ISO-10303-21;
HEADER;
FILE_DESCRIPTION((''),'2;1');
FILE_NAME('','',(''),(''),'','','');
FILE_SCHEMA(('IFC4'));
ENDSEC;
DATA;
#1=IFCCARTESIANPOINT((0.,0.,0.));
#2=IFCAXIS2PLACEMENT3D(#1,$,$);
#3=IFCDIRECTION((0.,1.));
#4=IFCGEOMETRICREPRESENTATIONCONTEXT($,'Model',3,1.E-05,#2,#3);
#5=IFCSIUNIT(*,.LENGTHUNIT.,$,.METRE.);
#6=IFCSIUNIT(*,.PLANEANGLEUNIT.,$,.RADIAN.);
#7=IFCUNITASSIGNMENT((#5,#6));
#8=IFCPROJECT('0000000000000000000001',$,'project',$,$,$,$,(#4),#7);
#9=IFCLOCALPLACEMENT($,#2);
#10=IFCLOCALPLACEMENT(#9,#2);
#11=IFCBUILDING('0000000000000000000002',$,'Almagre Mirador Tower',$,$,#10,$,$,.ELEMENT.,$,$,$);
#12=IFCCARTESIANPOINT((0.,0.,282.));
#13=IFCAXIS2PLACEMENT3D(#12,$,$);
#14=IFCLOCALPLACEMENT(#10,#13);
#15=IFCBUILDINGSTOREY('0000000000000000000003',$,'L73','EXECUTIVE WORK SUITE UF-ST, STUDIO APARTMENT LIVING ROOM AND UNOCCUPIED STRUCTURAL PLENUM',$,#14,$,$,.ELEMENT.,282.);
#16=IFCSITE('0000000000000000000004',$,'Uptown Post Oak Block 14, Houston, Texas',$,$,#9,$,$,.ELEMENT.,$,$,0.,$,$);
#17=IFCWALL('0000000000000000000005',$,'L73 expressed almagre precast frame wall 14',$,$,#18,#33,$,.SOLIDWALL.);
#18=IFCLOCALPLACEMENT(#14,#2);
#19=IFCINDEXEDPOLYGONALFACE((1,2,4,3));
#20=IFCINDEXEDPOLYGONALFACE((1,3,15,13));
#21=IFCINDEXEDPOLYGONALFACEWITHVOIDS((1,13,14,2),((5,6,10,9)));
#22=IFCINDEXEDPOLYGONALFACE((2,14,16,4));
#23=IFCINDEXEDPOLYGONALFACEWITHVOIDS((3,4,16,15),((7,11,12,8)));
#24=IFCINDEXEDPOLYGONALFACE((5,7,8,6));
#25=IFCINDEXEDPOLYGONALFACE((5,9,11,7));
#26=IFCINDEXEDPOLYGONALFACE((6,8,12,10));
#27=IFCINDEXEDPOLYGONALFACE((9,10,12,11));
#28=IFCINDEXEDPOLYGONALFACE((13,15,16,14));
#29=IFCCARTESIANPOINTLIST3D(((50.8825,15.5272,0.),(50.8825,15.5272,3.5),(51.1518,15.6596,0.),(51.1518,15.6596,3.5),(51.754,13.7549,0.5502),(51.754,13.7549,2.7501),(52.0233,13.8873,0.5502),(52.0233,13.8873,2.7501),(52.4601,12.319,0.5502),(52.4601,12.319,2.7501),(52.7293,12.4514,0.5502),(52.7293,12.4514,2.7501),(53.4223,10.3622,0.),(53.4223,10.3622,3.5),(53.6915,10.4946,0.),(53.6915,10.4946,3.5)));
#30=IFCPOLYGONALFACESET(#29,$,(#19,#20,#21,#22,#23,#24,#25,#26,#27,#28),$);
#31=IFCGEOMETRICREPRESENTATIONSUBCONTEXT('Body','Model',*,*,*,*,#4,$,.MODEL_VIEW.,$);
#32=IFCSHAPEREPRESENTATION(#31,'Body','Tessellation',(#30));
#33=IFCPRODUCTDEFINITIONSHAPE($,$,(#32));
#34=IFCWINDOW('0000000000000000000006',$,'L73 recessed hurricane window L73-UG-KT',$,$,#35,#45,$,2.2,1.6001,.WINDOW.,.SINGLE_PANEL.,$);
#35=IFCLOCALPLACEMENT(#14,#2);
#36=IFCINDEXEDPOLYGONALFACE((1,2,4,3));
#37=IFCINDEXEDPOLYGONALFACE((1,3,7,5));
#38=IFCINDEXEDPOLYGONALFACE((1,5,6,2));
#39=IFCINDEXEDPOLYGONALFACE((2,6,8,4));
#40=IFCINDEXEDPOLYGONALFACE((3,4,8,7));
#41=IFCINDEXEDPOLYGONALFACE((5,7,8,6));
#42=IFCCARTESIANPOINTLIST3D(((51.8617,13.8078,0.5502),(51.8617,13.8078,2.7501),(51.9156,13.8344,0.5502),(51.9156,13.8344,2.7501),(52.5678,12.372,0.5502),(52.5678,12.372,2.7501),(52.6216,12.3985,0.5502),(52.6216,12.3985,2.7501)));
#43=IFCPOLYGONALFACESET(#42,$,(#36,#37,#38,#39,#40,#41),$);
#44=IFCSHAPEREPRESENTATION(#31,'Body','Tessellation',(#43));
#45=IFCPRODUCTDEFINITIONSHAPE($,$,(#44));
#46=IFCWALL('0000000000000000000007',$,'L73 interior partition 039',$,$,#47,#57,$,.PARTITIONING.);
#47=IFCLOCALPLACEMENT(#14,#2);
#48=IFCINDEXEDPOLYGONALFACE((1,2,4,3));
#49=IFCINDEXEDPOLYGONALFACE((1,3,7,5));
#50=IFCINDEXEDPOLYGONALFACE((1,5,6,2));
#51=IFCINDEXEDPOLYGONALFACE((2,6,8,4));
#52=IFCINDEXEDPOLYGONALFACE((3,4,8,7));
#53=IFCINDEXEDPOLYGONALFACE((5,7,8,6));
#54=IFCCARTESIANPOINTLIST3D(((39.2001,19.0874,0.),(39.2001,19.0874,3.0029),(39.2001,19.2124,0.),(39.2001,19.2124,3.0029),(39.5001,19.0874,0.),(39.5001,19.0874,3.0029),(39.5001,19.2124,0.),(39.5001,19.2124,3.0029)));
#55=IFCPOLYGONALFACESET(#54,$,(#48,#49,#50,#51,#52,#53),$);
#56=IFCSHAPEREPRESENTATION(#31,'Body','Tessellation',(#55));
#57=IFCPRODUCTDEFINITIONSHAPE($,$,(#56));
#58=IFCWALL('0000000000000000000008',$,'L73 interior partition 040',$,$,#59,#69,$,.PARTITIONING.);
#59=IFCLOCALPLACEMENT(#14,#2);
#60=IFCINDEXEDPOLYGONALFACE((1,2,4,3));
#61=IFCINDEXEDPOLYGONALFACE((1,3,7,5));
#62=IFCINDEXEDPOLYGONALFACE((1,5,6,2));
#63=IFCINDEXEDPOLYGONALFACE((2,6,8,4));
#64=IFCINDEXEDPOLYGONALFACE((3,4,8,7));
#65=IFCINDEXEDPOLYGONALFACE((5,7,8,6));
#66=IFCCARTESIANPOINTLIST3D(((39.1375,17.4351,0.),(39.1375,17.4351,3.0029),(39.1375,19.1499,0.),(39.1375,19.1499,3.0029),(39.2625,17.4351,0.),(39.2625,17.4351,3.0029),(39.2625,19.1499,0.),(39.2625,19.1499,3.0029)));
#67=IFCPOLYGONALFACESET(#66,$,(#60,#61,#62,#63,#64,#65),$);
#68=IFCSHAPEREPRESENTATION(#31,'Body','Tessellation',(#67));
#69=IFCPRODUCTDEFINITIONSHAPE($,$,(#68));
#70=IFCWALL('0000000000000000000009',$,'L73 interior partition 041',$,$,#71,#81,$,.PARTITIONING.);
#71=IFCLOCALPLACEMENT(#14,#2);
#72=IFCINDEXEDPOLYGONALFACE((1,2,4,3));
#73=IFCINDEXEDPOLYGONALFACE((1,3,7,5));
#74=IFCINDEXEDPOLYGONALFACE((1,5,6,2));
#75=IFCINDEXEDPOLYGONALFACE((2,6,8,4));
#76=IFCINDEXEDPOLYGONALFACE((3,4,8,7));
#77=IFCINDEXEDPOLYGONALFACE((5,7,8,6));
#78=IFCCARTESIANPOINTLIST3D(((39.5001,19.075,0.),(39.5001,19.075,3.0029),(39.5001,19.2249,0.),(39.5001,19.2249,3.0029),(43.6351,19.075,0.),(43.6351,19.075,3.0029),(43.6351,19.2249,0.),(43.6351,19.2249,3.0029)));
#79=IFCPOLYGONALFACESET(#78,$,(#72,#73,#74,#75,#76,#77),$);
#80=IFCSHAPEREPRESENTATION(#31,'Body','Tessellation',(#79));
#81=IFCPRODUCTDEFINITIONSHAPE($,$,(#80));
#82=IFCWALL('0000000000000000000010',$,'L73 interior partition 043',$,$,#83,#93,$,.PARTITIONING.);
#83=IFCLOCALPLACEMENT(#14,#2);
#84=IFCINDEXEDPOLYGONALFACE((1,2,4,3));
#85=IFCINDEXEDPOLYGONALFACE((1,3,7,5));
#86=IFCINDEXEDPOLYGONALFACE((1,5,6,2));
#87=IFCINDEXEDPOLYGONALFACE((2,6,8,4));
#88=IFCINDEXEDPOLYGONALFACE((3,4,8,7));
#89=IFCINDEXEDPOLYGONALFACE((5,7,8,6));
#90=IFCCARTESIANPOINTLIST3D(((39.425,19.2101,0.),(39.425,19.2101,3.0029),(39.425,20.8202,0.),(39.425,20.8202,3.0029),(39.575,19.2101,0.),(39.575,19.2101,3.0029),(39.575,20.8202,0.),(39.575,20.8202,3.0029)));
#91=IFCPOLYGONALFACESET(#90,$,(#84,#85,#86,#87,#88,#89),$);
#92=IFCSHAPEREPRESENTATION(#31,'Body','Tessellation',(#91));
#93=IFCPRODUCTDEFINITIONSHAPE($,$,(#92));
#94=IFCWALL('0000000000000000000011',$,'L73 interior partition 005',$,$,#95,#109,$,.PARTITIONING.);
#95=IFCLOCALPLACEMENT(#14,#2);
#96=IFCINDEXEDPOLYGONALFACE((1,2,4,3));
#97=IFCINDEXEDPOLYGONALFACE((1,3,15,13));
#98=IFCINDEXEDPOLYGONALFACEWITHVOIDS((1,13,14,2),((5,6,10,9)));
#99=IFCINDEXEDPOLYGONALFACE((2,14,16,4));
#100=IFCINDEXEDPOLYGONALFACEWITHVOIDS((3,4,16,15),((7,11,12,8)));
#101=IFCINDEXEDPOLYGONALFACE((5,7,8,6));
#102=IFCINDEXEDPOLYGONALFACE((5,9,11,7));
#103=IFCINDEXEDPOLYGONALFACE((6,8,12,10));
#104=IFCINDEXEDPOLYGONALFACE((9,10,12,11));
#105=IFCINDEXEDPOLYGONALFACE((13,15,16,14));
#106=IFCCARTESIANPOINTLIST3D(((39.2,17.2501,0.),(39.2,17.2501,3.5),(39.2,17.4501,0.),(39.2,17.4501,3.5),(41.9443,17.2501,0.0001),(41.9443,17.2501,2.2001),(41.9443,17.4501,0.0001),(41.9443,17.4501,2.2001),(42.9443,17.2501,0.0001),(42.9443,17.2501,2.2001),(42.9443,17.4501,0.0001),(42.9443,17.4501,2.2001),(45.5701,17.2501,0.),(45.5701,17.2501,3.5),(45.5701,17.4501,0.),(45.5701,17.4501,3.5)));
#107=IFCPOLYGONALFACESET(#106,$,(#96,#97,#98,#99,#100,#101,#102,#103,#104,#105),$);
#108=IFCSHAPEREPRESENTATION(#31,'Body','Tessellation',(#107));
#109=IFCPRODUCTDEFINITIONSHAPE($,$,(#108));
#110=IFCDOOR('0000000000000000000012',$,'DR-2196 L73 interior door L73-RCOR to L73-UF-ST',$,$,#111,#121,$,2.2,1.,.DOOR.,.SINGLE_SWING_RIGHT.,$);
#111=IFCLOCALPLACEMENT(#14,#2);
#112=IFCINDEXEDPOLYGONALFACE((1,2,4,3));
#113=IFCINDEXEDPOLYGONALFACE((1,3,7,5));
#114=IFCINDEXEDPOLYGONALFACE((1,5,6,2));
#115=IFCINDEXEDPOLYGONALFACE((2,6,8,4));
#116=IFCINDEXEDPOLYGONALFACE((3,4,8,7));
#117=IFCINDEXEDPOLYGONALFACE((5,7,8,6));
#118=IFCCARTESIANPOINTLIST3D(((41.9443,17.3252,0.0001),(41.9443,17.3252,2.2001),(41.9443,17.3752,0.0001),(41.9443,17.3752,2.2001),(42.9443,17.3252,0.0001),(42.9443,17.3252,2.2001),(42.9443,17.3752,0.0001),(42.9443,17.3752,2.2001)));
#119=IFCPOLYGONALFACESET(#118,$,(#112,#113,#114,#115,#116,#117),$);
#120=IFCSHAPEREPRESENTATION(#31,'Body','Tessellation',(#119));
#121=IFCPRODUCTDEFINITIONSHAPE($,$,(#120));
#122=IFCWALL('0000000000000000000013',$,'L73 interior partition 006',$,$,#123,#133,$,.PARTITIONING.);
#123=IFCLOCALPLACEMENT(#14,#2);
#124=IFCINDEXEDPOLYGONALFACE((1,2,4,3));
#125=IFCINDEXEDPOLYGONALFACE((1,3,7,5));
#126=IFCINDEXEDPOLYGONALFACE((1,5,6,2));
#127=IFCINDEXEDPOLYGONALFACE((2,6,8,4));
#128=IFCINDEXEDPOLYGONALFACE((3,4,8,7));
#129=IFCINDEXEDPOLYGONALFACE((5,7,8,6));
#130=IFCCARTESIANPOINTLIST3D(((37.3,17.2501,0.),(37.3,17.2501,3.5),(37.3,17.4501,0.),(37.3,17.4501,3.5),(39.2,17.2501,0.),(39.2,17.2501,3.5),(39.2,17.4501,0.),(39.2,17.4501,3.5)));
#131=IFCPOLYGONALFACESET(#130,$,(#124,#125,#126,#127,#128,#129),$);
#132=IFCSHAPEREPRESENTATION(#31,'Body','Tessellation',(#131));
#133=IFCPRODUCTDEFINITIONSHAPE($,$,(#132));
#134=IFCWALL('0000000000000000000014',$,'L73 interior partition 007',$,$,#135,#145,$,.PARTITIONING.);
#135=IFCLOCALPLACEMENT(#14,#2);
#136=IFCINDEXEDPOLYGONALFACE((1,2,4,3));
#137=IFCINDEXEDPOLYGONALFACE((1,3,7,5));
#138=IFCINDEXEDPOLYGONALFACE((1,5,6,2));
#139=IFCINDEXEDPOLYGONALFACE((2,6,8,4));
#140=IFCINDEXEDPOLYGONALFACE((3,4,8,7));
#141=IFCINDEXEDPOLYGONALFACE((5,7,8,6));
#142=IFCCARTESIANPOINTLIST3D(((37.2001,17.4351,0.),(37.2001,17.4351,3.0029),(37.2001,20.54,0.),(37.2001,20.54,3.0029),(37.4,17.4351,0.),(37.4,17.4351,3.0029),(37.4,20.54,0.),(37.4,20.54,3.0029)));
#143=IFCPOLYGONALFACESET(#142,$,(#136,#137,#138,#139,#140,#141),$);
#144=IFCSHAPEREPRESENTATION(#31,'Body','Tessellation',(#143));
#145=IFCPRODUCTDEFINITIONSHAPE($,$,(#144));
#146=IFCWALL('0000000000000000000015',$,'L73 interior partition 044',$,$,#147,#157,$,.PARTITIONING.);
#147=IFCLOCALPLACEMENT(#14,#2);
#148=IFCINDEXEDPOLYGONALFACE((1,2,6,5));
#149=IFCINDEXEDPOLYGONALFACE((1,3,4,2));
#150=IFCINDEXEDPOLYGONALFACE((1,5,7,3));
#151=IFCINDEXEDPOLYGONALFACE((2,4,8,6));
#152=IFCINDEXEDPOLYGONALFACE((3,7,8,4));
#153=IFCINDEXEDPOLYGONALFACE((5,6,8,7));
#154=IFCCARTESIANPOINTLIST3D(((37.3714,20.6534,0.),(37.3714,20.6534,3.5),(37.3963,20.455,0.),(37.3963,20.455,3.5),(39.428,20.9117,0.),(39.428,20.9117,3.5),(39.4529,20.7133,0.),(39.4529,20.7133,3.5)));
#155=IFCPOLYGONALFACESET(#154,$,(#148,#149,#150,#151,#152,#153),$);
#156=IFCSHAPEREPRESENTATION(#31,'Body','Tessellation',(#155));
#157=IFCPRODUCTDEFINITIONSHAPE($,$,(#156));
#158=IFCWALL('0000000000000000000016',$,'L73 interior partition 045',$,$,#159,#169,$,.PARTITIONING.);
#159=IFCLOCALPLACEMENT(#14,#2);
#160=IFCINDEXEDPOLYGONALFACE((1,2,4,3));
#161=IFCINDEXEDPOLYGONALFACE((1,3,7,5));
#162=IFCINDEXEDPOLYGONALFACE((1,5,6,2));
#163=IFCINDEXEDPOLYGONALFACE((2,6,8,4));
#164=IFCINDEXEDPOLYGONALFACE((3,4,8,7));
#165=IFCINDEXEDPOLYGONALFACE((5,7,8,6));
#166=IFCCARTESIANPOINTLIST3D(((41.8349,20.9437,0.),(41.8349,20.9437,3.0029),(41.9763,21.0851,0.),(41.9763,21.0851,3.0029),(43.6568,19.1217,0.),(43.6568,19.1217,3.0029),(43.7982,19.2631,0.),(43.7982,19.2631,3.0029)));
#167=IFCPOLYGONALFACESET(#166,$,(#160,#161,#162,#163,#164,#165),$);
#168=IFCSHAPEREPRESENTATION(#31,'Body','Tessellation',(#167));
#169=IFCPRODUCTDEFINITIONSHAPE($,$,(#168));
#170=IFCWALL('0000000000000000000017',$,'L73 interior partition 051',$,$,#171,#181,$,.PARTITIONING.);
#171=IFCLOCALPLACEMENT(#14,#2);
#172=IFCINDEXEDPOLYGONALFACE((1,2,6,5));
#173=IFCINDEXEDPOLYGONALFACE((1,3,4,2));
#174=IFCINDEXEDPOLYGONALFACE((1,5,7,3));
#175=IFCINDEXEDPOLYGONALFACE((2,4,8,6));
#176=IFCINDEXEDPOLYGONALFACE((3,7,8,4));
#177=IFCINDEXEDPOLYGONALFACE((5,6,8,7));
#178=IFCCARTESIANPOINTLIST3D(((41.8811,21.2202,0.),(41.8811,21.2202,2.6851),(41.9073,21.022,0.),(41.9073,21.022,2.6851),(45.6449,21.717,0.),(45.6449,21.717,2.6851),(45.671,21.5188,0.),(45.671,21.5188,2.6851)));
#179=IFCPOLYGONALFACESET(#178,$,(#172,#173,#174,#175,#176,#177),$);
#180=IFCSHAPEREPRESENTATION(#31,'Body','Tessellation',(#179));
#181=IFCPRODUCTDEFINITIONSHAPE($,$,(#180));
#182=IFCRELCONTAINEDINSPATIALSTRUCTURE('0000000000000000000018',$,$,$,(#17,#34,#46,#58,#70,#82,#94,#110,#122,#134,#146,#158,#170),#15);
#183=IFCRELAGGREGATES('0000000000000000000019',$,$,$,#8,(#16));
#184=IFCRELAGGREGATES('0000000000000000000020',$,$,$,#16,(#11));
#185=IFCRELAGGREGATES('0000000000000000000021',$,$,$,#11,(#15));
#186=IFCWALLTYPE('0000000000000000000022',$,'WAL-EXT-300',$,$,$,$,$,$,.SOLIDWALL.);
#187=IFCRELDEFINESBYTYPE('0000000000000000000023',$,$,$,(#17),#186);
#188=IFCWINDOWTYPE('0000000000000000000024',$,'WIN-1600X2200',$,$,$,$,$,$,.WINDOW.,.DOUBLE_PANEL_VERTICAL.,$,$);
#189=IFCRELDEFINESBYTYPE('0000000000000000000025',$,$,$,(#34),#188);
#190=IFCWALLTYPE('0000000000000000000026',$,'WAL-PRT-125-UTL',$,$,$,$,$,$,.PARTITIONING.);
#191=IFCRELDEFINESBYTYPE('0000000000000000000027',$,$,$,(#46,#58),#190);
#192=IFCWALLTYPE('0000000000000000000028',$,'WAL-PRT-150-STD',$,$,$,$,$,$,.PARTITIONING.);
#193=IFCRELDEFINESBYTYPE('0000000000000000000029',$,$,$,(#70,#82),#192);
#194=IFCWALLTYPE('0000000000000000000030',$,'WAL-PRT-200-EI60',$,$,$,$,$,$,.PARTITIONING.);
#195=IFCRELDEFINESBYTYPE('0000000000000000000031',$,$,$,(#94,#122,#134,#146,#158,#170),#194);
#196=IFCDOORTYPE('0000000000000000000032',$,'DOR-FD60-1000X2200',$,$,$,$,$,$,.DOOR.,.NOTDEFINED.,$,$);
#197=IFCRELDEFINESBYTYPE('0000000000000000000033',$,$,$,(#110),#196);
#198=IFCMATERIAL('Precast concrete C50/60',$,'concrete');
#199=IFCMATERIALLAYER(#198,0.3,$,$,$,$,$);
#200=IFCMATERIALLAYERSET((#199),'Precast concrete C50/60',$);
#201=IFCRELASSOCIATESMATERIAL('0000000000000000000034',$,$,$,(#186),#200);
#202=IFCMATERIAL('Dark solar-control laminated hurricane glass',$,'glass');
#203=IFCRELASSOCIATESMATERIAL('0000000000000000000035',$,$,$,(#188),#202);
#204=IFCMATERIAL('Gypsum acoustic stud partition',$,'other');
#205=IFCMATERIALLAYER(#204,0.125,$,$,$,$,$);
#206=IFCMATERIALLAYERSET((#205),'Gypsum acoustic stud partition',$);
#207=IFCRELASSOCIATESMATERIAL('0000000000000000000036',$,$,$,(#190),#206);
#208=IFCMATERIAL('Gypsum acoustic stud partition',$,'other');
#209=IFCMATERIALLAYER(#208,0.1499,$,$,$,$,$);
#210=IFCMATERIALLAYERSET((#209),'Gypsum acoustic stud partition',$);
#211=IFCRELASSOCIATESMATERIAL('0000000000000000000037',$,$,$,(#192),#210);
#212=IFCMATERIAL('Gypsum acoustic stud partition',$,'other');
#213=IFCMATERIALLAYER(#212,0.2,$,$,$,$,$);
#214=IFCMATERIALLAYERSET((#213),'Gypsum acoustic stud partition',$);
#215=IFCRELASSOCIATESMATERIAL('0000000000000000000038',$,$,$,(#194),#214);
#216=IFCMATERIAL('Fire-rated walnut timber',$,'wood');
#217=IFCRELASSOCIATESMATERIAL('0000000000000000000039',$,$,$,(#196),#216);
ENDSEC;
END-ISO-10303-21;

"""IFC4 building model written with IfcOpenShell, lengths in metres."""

from ifc_helpers import new_model, si_unit, direction, frame, frame_2d, origin, place, context, subcontext, project, spatial, rectangle, extrude, material, layer, layer_set, type_object, element, fill, save


model = new_model("IFC4")

# Units and contexts
model_context = context("Model", 3, precision=1e-05, world=origin(), true_north=direction((0.0, 1.0)))
body_context = subcontext(model_context, "Body", "Model", "MODEL_VIEW")
ifc_project = project(units=[si_unit("LENGTHUNIT", "METRE"), si_unit("PLANEANGLEUNIT", "RADIAN")], contexts=[model_context])

# Site, building, storey
site_placement = place(None, origin())
site = spatial("IfcSite", under=ifc_project, at=site_placement, Name="Uptown Post Oak Block 14, Houston, Texas", CompositionType="ELEMENT", RefElevation=0.0)
building_placement = place(site_placement, origin())
building = spatial("IfcBuilding", under=site, at=building_placement, Name="Almagre Mirador Tower", CompositionType="ELEMENT")
storey_placement = place(building_placement, frame((0.0, 0.0, 282.0)))
storey = spatial("IfcBuildingStorey", under=building, at=storey_placement, Name="L73", Description="EXECUTIVE WORK SUITE UF-ST, STUDIO APARTMENT LIVING ROOM AND UNOCCUPIED STRUCTURAL PLENUM", CompositionType="ELEMENT", Elevation=282.0)

# Shared definitions
ifc_material_1 = material(Name="Precast concrete C50/60", Category="concrete")
ifc_layer_1 = layer(ifc_material_1, 0.3)
ifc_layer_set_1 = layer_set([ifc_layer_1], Name="Precast concrete C50/60")
wall_type_1 = type_object("IfcWallType", Name="WAL-EXT-300", PredefinedType="SOLIDWALL", material=ifc_layer_set_1)

# Wall, opening, window
wall_1_placement = place(storey_placement, frame((51.0171, 15.5935, 0.0), z_axis=(0.0, 0.0, 1.0), x_axis=(0.441265, -0.897377, 0.0)))
wall_1 = element("IfcWall", 1, at=wall_1_placement, inside=storey, type_object=wall_type_1, Name="L73 expressed almagre precast frame wall 14", PredefinedType="SOLIDWALL", context=body_context, shape_type="SweptSolid", body=[
    extrude(rectangle(XDim=5.7556, YDim=0.3, at=frame_2d((2.8779, 0.0))), origin(), (0.0, 0.0, 1.0), 3.5),
])
opening_1_placement = place(wall_1_placement, frame((1.9751, 0.0, 0.55)))
opening_1 = element("IfcOpeningElement", 2, at=opening_1_placement, cuts=wall_1, PredefinedType="OPENING", context=body_context, shape_type="SweptSolid", body=[
    extrude(rectangle(XDim=1.6001, YDim=2.2, at=frame_2d((0.8, 1.1001))), frame((0.0, 0.1599, 0.0), z_axis=(0.0, -1.0, 0.0), x_axis=(1.0, 0.0, 0.0)), (0.0, 0.0, 1.0), 0.32),
])
ifc_material_2 = material(Name="Dark solar-control laminated hurricane glass", Category="glass")
window_type_1 = type_object("IfcWindowType", Name="WIN-1600X2200", PartitioningType="DOUBLE_PANEL_VERTICAL", PredefinedType="WINDOW", material=ifc_material_2)
window_1_placement = place(opening_1_placement, origin())
window_1 = element("IfcWindow", 3, at=window_1_placement, inside=storey, type_object=window_type_1, Name="L73 recessed hurricane window L73-UG-KT", OverallHeight=2.2, OverallWidth=1.6001, PartitioningType="SINGLE_PANEL", PredefinedType="WINDOW", context=body_context, shape_type="SweptSolid", body=[
    extrude(rectangle(XDim=1.6001, YDim=2.2, at=frame_2d((0.8, 1.1001))), frame((0.0, 0.03, 0.0), z_axis=(0.0, -1.0, 0.0), x_axis=(1.0, 0.0, 0.0)), (0.0, 0.0, 1.0), 0.0601),
])
fill(opening_1, window_1)

# Walls
ifc_material_3 = material(Name="Gypsum acoustic stud partition", Category="other")
ifc_layer_2 = layer(ifc_material_3, 0.125)
ifc_layer_set_2 = layer_set([ifc_layer_2], Name="Gypsum acoustic stud partition")
wall_type_2 = type_object("IfcWallType", Name="WAL-PRT-125-UTL", PredefinedType="PARTITIONING", material=ifc_layer_set_2)
wall_2_placement = place(storey_placement, frame((39.5, 19.1499, 0.0), z_axis=(0.0, 0.0, 1.0), x_axis=(-1.0, 0.0, 0.0)))
element("IfcWall", 4, at=wall_2_placement, inside=storey, type_object=wall_type_2, Name="L73 interior partition 039", PredefinedType="PARTITIONING", context=body_context, shape_type="SweptSolid", body=[
    extrude(rectangle(XDim=0.3, YDim=0.125, at=frame_2d((0.1499, 0.0))), origin(), (0.0, 0.0, 1.0), 3.0029),
])
wall_3_placement = place(storey_placement, frame((39.2, 19.1499, 0.0), z_axis=(0.0, 0.0, 1.0), x_axis=(0.0, -1.0, 0.0)))
element("IfcWall", 5, at=wall_3_placement, inside=storey, type_object=wall_type_2, Name="L73 interior partition 040", PredefinedType="PARTITIONING", context=body_context, shape_type="SweptSolid", body=[
    extrude(rectangle(XDim=1.7148, YDim=0.125, at=frame_2d((0.8574, 0.0))), origin(), (0.0, 0.0, 1.0), 3.0029),
])
ifc_material_4 = material(Name="Gypsum acoustic stud partition", Category="other")
ifc_layer_3 = layer(ifc_material_4, 0.1499)
ifc_layer_set_3 = layer_set([ifc_layer_3], Name="Gypsum acoustic stud partition")
wall_type_3 = type_object("IfcWallType", Name="WAL-PRT-150-STD", PredefinedType="PARTITIONING", material=ifc_layer_set_3)
wall_4_placement = place(storey_placement, frame((43.635, 19.1499, 0.0), z_axis=(0.0, 0.0, 1.0), x_axis=(-1.0, 0.0, 0.0)))
element("IfcWall", 6, at=wall_4_placement, inside=storey, type_object=wall_type_3, Name="L73 interior partition 041", PredefinedType="PARTITIONING", context=body_context, shape_type="SweptSolid", body=[
    extrude(rectangle(XDim=4.135, YDim=0.1499, at=frame_2d((2.0674, 0.0))), origin(), (0.0, 0.0, 1.0), 3.0029),
])
wall_5_placement = place(storey_placement, frame((39.5, 19.21, 0.0), z_axis=(0.0, 0.0, 1.0), x_axis=(0.0, 1.0, 0.0)))
element("IfcWall", 7, at=wall_5_placement, inside=storey, type_object=wall_type_3, Name="L73 interior partition 043", PredefinedType="PARTITIONING", context=body_context, shape_type="SweptSolid", body=[
    extrude(rectangle(XDim=1.6101, YDim=0.1499, at=frame_2d((0.8052, 0.0))), origin(), (0.0, 0.0, 1.0), 3.0029),
])

# Wall, opening, door
ifc_material_5 = material(Name="Gypsum acoustic stud partition", Category="other")
ifc_layer_4 = layer(ifc_material_5, 0.2)
ifc_layer_set_4 = layer_set([ifc_layer_4], Name="Gypsum acoustic stud partition")
wall_type_4 = type_object("IfcWallType", Name="WAL-PRT-200-EI60", PredefinedType="PARTITIONING", material=ifc_layer_set_4)
wall_6_placement = place(storey_placement, frame((45.5701, 17.3501, 0.0), z_axis=(0.0, 0.0, 1.0), x_axis=(-1.0, 0.0, 0.0)))
wall_6 = element("IfcWall", 8, at=wall_6_placement, inside=storey, type_object=wall_type_4, Name="L73 interior partition 005", PredefinedType="PARTITIONING", context=body_context, shape_type="SweptSolid", body=[
    extrude(rectangle(XDim=6.3701, YDim=0.2, at=frame_2d((3.1851, 0.0))), origin(), (0.0, 0.0, 1.0), 3.5),
])
opening_2_placement = place(wall_6_placement, frame((2.6257, 0.0, 0.0)))
opening_2 = element("IfcOpeningElement", 9, at=opening_2_placement, cuts=wall_6, PredefinedType="OPENING", context=body_context, shape_type="SweptSolid", body=[
    extrude(rectangle(XDim=1.0, YDim=2.2, at=frame_2d((0.5, 1.1001))), frame((0.0, 0.1101, 0.0), z_axis=(0.0, -1.0, 0.0), x_axis=(1.0, 0.0, 0.0)), (0.0, 0.0, 1.0), 0.22),
])
ifc_material_6 = material(Name="Fire-rated walnut timber", Category="wood")
door_type = type_object("IfcDoorType", Name="DOR-FD60-1000X2200", OperationType="NOTDEFINED", PredefinedType="DOOR", material=ifc_material_6)
door_placement = place(opening_2_placement, origin())
door = element("IfcDoor", 10, at=door_placement, inside=storey, type_object=door_type, Name="DR-2196 L73 interior door L73-RCOR to L73-UF-ST", OperationType="SINGLE_SWING_RIGHT", OverallHeight=2.2, OverallWidth=1.0, PredefinedType="DOOR", context=body_context, shape_type="SweptSolid", body=[
    extrude(rectangle(XDim=1.0, YDim=2.2, at=frame_2d((0.5, 1.1001))), frame((0.0, 0.0249, 0.0), z_axis=(0.0, -1.0, 0.0), x_axis=(1.0, 0.0, 0.0)), (0.0, 0.0, 1.0), 0.05),
])
fill(opening_2, door)

# Walls
wall_7_placement = place(storey_placement, frame((39.2, 17.3501, 0.0), z_axis=(0.0, 0.0, 1.0), x_axis=(-1.0, 0.0, 0.0)))
element("IfcWall", 11, at=wall_7_placement, inside=storey, type_object=wall_type_4, Name="L73 interior partition 006", PredefinedType="PARTITIONING", context=body_context, shape_type="SweptSolid", body=[
    extrude(rectangle(XDim=1.8999, YDim=0.2, at=frame_2d((0.95, 0.0))), origin(), (0.0, 0.0, 1.0), 3.5),
])
wall_8_placement = place(storey_placement, frame((37.3, 17.4351, 0.0), z_axis=(0.0, 0.0, 1.0), x_axis=(0.0, 1.0, 0.0)))
element("IfcWall", 12, at=wall_8_placement, inside=storey, type_object=wall_type_4, Name="L73 interior partition 007", PredefinedType="PARTITIONING", context=body_context, shape_type="SweptSolid", body=[
    extrude(rectangle(XDim=3.105, YDim=0.2, at=frame_2d((1.5525, 0.0))), origin(), (0.0, 0.0, 1.0), 3.0029),
])
wall_9_placement = place(storey_placement, frame((39.4404, 20.8125, 0.0), z_axis=(0.0, 0.0, 1.0), x_axis=(-0.992205, -0.124615, 0.0)))
element("IfcWall", 13, at=wall_9_placement, inside=storey, type_object=wall_type_4, Name="L73 interior partition 044", PredefinedType="PARTITIONING", context=body_context, shape_type="SweptSolid", body=[
    extrude(rectangle(XDim=2.0728, YDim=0.2, at=frame_2d((1.0364, 0.0))), origin(), (0.0, 0.0, 1.0), 3.5),
])
wall_10_placement = place(storey_placement, frame((43.7275, 19.1924, 0.0), z_axis=(0.0, 0.0, 1.0), x_axis=(-0.707107, 0.707107, 0.0)))
element("IfcWall", 14, at=wall_10_placement, inside=storey, type_object=wall_type_4, Name="L73 interior partition 045", PredefinedType="PARTITIONING", context=body_context, shape_type="SweptSolid", body=[
    extrude(rectangle(XDim=2.5767, YDim=0.2, at=frame_2d((1.2883, 0.0))), origin(), (0.0, 0.0, 1.0), 3.0029),
])
wall_11_placement = place(storey_placement, frame((45.658, 21.6179, 0.0), z_axis=(0.0, 0.0, 1.0), x_axis=(-0.991399, -0.13087, 0.0)))
element("IfcWall", 15, at=wall_11_placement, inside=storey, type_object=wall_type_4, Name="L73 interior partition 051", PredefinedType="PARTITIONING", context=body_context, shape_type="SweptSolid", body=[
    extrude(rectangle(XDim=3.7964, YDim=0.2, at=frame_2d((1.8982, 0.0))), origin(), (0.0, 0.0, 1.0), 2.6851),
])

save(model, "model.ifc")
